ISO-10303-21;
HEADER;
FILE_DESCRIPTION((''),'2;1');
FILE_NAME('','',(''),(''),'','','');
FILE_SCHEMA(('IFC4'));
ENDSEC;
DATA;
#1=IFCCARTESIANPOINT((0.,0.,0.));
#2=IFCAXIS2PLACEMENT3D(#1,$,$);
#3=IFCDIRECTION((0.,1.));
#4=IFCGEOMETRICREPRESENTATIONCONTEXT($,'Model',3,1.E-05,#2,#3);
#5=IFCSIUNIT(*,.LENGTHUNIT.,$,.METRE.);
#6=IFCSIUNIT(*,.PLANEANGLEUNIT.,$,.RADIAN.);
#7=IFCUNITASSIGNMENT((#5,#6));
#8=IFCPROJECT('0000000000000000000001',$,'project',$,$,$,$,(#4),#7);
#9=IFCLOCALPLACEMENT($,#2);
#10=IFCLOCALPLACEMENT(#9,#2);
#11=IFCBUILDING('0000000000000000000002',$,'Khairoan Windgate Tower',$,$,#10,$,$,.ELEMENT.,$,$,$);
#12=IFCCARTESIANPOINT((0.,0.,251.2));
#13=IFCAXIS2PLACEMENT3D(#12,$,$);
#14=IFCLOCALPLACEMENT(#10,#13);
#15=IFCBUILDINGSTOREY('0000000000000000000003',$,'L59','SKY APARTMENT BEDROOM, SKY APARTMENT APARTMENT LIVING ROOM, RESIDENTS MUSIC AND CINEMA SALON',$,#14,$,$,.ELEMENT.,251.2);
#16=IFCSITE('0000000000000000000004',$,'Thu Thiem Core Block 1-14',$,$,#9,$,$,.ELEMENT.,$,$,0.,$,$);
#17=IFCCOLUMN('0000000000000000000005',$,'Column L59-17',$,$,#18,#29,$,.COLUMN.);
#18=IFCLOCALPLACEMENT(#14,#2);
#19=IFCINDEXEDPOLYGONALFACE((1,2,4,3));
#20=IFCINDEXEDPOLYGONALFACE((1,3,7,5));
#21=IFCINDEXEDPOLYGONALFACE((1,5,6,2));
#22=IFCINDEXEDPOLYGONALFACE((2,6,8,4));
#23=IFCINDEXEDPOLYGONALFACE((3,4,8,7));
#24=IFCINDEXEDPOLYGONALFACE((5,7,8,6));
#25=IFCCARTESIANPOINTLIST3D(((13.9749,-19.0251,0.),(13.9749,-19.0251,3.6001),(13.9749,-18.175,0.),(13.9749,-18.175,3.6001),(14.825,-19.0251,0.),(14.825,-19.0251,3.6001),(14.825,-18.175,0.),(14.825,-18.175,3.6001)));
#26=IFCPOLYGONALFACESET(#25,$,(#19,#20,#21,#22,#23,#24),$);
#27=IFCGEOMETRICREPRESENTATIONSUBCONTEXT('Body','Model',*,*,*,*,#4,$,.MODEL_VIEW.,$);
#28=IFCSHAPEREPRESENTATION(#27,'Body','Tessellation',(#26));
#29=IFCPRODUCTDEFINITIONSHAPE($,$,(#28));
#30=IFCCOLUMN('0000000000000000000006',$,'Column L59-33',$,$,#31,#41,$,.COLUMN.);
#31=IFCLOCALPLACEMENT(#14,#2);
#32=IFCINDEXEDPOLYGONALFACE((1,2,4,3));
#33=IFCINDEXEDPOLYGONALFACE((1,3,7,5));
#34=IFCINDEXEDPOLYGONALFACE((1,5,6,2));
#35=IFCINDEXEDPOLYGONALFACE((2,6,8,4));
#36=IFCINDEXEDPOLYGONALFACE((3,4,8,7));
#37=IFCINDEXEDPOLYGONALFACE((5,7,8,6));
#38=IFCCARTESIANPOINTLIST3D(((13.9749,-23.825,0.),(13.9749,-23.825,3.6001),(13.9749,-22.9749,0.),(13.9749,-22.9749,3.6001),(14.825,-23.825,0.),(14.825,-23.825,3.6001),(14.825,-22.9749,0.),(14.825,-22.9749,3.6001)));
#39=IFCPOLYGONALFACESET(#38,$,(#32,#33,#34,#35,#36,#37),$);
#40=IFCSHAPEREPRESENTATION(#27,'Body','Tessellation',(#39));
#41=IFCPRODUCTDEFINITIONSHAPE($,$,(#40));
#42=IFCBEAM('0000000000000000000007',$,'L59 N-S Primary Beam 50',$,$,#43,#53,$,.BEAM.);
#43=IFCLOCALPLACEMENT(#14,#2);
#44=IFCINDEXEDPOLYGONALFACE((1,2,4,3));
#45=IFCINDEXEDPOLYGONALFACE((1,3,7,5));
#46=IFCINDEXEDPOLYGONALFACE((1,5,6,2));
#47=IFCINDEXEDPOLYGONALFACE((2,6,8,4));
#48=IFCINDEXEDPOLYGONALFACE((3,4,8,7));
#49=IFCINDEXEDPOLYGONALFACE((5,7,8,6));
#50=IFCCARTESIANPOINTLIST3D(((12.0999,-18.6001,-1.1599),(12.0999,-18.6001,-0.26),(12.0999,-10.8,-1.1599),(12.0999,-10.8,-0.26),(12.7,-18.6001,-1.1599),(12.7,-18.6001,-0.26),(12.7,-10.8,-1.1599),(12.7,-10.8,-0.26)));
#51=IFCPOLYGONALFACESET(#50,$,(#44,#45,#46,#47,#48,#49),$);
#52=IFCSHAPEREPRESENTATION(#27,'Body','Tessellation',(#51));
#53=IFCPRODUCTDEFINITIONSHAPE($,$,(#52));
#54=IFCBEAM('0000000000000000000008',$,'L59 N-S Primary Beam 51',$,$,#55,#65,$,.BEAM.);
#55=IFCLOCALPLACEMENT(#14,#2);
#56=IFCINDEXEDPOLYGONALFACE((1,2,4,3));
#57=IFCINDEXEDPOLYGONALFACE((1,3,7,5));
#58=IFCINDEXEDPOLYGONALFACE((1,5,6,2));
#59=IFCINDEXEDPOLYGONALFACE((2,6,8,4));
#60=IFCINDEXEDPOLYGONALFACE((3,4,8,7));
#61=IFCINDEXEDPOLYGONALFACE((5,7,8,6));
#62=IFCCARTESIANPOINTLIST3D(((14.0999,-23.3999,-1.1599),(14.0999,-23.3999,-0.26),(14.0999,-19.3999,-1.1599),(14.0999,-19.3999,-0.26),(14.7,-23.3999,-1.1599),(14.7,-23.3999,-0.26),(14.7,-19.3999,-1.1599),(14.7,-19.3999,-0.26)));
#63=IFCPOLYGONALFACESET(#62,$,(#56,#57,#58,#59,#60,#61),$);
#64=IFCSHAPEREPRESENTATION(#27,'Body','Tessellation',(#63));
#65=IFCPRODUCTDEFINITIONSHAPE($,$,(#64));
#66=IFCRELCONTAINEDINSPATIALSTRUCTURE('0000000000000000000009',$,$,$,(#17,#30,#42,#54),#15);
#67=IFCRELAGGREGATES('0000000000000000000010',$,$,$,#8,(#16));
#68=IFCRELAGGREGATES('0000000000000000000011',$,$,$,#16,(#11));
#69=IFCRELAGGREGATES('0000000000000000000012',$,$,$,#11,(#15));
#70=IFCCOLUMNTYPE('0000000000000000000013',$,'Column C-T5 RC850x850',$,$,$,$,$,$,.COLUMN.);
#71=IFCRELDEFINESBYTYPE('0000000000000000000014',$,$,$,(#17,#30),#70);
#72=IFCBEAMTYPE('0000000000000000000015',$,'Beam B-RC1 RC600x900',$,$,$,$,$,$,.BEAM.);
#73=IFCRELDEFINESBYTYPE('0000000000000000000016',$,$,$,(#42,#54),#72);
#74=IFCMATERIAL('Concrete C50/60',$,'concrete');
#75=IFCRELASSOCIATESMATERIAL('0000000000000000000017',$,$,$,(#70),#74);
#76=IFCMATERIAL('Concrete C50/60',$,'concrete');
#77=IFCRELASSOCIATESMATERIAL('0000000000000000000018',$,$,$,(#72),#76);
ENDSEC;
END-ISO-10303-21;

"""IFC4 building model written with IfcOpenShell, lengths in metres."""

from ifc_helpers import new_model, si_unit, direction, frame, origin, origin_2d, place, context, subcontext, project, spatial, rectangle, extrude, material, material_profile, profile_set, type_object, element, save


model = new_model("IFC4")

# Units and contexts
model_context = context("Model", 3, precision=1e-05, world=origin(), true_north=direction((0.0, 1.0)))
body_context = subcontext(model_context, "Body", "Model", "MODEL_VIEW")
ifc_project = project(units=[si_unit("LENGTHUNIT", "METRE"), si_unit("PLANEANGLEUNIT", "RADIAN")], contexts=[model_context])

# Site, building, storey
site_placement = place(None, origin())
site = spatial("IfcSite", under=ifc_project, at=site_placement, Name="Thu Thiem Core Block 1-14", CompositionType="ELEMENT", RefElevation=0.0)
building_placement = place(site_placement, origin())
building = spatial("IfcBuilding", under=site, at=building_placement, Name="Khairoan Windgate Tower", CompositionType="ELEMENT")
storey_placement = place(building_placement, frame((0.0, 0.0, 251.2)))
storey = spatial("IfcBuildingStorey", under=building, at=storey_placement, Name="L59", Description="SKY APARTMENT BEDROOM, SKY APARTMENT APARTMENT LIVING ROOM, RESIDENTS MUSIC AND CINEMA SALON", CompositionType="ELEMENT", Elevation=251.2)

# Columns
ifc_material_1 = material(Name="Concrete C50/60", Category="concrete")
ifc_material_profile_1 = material_profile(ifc_material_1, rectangle(XDim=0.8501, YDim=0.8501, at=origin_2d()))
ifc_profile_set_1 = profile_set([ifc_material_profile_1], Name="Concrete C50/60")
column_type = type_object("IfcColumnType", Name="Column C-T5 RC850x850", PredefinedType="COLUMN", material=ifc_profile_set_1)
for number, where, z_axis, x_axis, name in (
    (1, (14.3999, -18.6001, 0.0), (0.0, 0.0, 1.0), (1.0, 0.0, 0.0), "Column L59-17"),
    (2, (14.3999, -23.3999, 0.0), (0.0, 0.0, 1.0), (1.0, 0.0, 0.0), "Column L59-33"),
):
    element("IfcColumn", number, at=place(storey_placement, frame(where, z_axis=z_axis, x_axis=x_axis)), inside=storey, type_object=column_type, Name=name, PredefinedType="COLUMN", context=body_context, shape_type="SweptSolid", body=[
        extrude(rectangle(XDim=0.8501, YDim=0.8501, at=origin_2d()), origin(), (0.0, 0.0, 1.0), 3.6001),
    ])

# Beams
ifc_material_2 = material(Name="Concrete C50/60", Category="concrete")
ifc_material_profile_2 = material_profile(ifc_material_2, rectangle(XDim=0.6001, YDim=0.8999, at=origin_2d()))
ifc_profile_set_2 = profile_set([ifc_material_profile_2], Name="Concrete C50/60")
beam_type = type_object("IfcBeamType", Name="Beam B-RC1 RC600x900", PredefinedType="BEAM", material=ifc_profile_set_2)
beam_1_placement = place(storey_placement, frame((12.3999, -18.6001, -0.71), z_axis=(0.0, 1.0, 0.0), x_axis=(-1.0, 0.0, 0.0)))
element("IfcBeam", 3, at=beam_1_placement, inside=storey, type_object=beam_type, Name="L59 N-S Primary Beam 50", PredefinedType="BEAM", context=body_context, shape_type="SweptSolid", body=[
    extrude(rectangle(XDim=0.6001, YDim=0.8999, at=origin_2d()), origin(), (0.0, 0.0, 1.0), 7.8),
])
beam_2_placement = place(storey_placement, frame((14.3999, -23.3999, -0.71), z_axis=(0.0, 1.0, 0.0), x_axis=(-1.0, 0.0, 0.0)))
element("IfcBeam", 4, at=beam_2_placement, inside=storey, type_object=beam_type, Name="L59 N-S Primary Beam 51", PredefinedType="BEAM", context=body_context, shape_type="SweptSolid", body=[
    extrude(rectangle(XDim=0.6001, YDim=0.8999, at=origin_2d()), origin(), (0.0, 0.0, 1.0), 4.0),
])

save(model, "model.ifc")
